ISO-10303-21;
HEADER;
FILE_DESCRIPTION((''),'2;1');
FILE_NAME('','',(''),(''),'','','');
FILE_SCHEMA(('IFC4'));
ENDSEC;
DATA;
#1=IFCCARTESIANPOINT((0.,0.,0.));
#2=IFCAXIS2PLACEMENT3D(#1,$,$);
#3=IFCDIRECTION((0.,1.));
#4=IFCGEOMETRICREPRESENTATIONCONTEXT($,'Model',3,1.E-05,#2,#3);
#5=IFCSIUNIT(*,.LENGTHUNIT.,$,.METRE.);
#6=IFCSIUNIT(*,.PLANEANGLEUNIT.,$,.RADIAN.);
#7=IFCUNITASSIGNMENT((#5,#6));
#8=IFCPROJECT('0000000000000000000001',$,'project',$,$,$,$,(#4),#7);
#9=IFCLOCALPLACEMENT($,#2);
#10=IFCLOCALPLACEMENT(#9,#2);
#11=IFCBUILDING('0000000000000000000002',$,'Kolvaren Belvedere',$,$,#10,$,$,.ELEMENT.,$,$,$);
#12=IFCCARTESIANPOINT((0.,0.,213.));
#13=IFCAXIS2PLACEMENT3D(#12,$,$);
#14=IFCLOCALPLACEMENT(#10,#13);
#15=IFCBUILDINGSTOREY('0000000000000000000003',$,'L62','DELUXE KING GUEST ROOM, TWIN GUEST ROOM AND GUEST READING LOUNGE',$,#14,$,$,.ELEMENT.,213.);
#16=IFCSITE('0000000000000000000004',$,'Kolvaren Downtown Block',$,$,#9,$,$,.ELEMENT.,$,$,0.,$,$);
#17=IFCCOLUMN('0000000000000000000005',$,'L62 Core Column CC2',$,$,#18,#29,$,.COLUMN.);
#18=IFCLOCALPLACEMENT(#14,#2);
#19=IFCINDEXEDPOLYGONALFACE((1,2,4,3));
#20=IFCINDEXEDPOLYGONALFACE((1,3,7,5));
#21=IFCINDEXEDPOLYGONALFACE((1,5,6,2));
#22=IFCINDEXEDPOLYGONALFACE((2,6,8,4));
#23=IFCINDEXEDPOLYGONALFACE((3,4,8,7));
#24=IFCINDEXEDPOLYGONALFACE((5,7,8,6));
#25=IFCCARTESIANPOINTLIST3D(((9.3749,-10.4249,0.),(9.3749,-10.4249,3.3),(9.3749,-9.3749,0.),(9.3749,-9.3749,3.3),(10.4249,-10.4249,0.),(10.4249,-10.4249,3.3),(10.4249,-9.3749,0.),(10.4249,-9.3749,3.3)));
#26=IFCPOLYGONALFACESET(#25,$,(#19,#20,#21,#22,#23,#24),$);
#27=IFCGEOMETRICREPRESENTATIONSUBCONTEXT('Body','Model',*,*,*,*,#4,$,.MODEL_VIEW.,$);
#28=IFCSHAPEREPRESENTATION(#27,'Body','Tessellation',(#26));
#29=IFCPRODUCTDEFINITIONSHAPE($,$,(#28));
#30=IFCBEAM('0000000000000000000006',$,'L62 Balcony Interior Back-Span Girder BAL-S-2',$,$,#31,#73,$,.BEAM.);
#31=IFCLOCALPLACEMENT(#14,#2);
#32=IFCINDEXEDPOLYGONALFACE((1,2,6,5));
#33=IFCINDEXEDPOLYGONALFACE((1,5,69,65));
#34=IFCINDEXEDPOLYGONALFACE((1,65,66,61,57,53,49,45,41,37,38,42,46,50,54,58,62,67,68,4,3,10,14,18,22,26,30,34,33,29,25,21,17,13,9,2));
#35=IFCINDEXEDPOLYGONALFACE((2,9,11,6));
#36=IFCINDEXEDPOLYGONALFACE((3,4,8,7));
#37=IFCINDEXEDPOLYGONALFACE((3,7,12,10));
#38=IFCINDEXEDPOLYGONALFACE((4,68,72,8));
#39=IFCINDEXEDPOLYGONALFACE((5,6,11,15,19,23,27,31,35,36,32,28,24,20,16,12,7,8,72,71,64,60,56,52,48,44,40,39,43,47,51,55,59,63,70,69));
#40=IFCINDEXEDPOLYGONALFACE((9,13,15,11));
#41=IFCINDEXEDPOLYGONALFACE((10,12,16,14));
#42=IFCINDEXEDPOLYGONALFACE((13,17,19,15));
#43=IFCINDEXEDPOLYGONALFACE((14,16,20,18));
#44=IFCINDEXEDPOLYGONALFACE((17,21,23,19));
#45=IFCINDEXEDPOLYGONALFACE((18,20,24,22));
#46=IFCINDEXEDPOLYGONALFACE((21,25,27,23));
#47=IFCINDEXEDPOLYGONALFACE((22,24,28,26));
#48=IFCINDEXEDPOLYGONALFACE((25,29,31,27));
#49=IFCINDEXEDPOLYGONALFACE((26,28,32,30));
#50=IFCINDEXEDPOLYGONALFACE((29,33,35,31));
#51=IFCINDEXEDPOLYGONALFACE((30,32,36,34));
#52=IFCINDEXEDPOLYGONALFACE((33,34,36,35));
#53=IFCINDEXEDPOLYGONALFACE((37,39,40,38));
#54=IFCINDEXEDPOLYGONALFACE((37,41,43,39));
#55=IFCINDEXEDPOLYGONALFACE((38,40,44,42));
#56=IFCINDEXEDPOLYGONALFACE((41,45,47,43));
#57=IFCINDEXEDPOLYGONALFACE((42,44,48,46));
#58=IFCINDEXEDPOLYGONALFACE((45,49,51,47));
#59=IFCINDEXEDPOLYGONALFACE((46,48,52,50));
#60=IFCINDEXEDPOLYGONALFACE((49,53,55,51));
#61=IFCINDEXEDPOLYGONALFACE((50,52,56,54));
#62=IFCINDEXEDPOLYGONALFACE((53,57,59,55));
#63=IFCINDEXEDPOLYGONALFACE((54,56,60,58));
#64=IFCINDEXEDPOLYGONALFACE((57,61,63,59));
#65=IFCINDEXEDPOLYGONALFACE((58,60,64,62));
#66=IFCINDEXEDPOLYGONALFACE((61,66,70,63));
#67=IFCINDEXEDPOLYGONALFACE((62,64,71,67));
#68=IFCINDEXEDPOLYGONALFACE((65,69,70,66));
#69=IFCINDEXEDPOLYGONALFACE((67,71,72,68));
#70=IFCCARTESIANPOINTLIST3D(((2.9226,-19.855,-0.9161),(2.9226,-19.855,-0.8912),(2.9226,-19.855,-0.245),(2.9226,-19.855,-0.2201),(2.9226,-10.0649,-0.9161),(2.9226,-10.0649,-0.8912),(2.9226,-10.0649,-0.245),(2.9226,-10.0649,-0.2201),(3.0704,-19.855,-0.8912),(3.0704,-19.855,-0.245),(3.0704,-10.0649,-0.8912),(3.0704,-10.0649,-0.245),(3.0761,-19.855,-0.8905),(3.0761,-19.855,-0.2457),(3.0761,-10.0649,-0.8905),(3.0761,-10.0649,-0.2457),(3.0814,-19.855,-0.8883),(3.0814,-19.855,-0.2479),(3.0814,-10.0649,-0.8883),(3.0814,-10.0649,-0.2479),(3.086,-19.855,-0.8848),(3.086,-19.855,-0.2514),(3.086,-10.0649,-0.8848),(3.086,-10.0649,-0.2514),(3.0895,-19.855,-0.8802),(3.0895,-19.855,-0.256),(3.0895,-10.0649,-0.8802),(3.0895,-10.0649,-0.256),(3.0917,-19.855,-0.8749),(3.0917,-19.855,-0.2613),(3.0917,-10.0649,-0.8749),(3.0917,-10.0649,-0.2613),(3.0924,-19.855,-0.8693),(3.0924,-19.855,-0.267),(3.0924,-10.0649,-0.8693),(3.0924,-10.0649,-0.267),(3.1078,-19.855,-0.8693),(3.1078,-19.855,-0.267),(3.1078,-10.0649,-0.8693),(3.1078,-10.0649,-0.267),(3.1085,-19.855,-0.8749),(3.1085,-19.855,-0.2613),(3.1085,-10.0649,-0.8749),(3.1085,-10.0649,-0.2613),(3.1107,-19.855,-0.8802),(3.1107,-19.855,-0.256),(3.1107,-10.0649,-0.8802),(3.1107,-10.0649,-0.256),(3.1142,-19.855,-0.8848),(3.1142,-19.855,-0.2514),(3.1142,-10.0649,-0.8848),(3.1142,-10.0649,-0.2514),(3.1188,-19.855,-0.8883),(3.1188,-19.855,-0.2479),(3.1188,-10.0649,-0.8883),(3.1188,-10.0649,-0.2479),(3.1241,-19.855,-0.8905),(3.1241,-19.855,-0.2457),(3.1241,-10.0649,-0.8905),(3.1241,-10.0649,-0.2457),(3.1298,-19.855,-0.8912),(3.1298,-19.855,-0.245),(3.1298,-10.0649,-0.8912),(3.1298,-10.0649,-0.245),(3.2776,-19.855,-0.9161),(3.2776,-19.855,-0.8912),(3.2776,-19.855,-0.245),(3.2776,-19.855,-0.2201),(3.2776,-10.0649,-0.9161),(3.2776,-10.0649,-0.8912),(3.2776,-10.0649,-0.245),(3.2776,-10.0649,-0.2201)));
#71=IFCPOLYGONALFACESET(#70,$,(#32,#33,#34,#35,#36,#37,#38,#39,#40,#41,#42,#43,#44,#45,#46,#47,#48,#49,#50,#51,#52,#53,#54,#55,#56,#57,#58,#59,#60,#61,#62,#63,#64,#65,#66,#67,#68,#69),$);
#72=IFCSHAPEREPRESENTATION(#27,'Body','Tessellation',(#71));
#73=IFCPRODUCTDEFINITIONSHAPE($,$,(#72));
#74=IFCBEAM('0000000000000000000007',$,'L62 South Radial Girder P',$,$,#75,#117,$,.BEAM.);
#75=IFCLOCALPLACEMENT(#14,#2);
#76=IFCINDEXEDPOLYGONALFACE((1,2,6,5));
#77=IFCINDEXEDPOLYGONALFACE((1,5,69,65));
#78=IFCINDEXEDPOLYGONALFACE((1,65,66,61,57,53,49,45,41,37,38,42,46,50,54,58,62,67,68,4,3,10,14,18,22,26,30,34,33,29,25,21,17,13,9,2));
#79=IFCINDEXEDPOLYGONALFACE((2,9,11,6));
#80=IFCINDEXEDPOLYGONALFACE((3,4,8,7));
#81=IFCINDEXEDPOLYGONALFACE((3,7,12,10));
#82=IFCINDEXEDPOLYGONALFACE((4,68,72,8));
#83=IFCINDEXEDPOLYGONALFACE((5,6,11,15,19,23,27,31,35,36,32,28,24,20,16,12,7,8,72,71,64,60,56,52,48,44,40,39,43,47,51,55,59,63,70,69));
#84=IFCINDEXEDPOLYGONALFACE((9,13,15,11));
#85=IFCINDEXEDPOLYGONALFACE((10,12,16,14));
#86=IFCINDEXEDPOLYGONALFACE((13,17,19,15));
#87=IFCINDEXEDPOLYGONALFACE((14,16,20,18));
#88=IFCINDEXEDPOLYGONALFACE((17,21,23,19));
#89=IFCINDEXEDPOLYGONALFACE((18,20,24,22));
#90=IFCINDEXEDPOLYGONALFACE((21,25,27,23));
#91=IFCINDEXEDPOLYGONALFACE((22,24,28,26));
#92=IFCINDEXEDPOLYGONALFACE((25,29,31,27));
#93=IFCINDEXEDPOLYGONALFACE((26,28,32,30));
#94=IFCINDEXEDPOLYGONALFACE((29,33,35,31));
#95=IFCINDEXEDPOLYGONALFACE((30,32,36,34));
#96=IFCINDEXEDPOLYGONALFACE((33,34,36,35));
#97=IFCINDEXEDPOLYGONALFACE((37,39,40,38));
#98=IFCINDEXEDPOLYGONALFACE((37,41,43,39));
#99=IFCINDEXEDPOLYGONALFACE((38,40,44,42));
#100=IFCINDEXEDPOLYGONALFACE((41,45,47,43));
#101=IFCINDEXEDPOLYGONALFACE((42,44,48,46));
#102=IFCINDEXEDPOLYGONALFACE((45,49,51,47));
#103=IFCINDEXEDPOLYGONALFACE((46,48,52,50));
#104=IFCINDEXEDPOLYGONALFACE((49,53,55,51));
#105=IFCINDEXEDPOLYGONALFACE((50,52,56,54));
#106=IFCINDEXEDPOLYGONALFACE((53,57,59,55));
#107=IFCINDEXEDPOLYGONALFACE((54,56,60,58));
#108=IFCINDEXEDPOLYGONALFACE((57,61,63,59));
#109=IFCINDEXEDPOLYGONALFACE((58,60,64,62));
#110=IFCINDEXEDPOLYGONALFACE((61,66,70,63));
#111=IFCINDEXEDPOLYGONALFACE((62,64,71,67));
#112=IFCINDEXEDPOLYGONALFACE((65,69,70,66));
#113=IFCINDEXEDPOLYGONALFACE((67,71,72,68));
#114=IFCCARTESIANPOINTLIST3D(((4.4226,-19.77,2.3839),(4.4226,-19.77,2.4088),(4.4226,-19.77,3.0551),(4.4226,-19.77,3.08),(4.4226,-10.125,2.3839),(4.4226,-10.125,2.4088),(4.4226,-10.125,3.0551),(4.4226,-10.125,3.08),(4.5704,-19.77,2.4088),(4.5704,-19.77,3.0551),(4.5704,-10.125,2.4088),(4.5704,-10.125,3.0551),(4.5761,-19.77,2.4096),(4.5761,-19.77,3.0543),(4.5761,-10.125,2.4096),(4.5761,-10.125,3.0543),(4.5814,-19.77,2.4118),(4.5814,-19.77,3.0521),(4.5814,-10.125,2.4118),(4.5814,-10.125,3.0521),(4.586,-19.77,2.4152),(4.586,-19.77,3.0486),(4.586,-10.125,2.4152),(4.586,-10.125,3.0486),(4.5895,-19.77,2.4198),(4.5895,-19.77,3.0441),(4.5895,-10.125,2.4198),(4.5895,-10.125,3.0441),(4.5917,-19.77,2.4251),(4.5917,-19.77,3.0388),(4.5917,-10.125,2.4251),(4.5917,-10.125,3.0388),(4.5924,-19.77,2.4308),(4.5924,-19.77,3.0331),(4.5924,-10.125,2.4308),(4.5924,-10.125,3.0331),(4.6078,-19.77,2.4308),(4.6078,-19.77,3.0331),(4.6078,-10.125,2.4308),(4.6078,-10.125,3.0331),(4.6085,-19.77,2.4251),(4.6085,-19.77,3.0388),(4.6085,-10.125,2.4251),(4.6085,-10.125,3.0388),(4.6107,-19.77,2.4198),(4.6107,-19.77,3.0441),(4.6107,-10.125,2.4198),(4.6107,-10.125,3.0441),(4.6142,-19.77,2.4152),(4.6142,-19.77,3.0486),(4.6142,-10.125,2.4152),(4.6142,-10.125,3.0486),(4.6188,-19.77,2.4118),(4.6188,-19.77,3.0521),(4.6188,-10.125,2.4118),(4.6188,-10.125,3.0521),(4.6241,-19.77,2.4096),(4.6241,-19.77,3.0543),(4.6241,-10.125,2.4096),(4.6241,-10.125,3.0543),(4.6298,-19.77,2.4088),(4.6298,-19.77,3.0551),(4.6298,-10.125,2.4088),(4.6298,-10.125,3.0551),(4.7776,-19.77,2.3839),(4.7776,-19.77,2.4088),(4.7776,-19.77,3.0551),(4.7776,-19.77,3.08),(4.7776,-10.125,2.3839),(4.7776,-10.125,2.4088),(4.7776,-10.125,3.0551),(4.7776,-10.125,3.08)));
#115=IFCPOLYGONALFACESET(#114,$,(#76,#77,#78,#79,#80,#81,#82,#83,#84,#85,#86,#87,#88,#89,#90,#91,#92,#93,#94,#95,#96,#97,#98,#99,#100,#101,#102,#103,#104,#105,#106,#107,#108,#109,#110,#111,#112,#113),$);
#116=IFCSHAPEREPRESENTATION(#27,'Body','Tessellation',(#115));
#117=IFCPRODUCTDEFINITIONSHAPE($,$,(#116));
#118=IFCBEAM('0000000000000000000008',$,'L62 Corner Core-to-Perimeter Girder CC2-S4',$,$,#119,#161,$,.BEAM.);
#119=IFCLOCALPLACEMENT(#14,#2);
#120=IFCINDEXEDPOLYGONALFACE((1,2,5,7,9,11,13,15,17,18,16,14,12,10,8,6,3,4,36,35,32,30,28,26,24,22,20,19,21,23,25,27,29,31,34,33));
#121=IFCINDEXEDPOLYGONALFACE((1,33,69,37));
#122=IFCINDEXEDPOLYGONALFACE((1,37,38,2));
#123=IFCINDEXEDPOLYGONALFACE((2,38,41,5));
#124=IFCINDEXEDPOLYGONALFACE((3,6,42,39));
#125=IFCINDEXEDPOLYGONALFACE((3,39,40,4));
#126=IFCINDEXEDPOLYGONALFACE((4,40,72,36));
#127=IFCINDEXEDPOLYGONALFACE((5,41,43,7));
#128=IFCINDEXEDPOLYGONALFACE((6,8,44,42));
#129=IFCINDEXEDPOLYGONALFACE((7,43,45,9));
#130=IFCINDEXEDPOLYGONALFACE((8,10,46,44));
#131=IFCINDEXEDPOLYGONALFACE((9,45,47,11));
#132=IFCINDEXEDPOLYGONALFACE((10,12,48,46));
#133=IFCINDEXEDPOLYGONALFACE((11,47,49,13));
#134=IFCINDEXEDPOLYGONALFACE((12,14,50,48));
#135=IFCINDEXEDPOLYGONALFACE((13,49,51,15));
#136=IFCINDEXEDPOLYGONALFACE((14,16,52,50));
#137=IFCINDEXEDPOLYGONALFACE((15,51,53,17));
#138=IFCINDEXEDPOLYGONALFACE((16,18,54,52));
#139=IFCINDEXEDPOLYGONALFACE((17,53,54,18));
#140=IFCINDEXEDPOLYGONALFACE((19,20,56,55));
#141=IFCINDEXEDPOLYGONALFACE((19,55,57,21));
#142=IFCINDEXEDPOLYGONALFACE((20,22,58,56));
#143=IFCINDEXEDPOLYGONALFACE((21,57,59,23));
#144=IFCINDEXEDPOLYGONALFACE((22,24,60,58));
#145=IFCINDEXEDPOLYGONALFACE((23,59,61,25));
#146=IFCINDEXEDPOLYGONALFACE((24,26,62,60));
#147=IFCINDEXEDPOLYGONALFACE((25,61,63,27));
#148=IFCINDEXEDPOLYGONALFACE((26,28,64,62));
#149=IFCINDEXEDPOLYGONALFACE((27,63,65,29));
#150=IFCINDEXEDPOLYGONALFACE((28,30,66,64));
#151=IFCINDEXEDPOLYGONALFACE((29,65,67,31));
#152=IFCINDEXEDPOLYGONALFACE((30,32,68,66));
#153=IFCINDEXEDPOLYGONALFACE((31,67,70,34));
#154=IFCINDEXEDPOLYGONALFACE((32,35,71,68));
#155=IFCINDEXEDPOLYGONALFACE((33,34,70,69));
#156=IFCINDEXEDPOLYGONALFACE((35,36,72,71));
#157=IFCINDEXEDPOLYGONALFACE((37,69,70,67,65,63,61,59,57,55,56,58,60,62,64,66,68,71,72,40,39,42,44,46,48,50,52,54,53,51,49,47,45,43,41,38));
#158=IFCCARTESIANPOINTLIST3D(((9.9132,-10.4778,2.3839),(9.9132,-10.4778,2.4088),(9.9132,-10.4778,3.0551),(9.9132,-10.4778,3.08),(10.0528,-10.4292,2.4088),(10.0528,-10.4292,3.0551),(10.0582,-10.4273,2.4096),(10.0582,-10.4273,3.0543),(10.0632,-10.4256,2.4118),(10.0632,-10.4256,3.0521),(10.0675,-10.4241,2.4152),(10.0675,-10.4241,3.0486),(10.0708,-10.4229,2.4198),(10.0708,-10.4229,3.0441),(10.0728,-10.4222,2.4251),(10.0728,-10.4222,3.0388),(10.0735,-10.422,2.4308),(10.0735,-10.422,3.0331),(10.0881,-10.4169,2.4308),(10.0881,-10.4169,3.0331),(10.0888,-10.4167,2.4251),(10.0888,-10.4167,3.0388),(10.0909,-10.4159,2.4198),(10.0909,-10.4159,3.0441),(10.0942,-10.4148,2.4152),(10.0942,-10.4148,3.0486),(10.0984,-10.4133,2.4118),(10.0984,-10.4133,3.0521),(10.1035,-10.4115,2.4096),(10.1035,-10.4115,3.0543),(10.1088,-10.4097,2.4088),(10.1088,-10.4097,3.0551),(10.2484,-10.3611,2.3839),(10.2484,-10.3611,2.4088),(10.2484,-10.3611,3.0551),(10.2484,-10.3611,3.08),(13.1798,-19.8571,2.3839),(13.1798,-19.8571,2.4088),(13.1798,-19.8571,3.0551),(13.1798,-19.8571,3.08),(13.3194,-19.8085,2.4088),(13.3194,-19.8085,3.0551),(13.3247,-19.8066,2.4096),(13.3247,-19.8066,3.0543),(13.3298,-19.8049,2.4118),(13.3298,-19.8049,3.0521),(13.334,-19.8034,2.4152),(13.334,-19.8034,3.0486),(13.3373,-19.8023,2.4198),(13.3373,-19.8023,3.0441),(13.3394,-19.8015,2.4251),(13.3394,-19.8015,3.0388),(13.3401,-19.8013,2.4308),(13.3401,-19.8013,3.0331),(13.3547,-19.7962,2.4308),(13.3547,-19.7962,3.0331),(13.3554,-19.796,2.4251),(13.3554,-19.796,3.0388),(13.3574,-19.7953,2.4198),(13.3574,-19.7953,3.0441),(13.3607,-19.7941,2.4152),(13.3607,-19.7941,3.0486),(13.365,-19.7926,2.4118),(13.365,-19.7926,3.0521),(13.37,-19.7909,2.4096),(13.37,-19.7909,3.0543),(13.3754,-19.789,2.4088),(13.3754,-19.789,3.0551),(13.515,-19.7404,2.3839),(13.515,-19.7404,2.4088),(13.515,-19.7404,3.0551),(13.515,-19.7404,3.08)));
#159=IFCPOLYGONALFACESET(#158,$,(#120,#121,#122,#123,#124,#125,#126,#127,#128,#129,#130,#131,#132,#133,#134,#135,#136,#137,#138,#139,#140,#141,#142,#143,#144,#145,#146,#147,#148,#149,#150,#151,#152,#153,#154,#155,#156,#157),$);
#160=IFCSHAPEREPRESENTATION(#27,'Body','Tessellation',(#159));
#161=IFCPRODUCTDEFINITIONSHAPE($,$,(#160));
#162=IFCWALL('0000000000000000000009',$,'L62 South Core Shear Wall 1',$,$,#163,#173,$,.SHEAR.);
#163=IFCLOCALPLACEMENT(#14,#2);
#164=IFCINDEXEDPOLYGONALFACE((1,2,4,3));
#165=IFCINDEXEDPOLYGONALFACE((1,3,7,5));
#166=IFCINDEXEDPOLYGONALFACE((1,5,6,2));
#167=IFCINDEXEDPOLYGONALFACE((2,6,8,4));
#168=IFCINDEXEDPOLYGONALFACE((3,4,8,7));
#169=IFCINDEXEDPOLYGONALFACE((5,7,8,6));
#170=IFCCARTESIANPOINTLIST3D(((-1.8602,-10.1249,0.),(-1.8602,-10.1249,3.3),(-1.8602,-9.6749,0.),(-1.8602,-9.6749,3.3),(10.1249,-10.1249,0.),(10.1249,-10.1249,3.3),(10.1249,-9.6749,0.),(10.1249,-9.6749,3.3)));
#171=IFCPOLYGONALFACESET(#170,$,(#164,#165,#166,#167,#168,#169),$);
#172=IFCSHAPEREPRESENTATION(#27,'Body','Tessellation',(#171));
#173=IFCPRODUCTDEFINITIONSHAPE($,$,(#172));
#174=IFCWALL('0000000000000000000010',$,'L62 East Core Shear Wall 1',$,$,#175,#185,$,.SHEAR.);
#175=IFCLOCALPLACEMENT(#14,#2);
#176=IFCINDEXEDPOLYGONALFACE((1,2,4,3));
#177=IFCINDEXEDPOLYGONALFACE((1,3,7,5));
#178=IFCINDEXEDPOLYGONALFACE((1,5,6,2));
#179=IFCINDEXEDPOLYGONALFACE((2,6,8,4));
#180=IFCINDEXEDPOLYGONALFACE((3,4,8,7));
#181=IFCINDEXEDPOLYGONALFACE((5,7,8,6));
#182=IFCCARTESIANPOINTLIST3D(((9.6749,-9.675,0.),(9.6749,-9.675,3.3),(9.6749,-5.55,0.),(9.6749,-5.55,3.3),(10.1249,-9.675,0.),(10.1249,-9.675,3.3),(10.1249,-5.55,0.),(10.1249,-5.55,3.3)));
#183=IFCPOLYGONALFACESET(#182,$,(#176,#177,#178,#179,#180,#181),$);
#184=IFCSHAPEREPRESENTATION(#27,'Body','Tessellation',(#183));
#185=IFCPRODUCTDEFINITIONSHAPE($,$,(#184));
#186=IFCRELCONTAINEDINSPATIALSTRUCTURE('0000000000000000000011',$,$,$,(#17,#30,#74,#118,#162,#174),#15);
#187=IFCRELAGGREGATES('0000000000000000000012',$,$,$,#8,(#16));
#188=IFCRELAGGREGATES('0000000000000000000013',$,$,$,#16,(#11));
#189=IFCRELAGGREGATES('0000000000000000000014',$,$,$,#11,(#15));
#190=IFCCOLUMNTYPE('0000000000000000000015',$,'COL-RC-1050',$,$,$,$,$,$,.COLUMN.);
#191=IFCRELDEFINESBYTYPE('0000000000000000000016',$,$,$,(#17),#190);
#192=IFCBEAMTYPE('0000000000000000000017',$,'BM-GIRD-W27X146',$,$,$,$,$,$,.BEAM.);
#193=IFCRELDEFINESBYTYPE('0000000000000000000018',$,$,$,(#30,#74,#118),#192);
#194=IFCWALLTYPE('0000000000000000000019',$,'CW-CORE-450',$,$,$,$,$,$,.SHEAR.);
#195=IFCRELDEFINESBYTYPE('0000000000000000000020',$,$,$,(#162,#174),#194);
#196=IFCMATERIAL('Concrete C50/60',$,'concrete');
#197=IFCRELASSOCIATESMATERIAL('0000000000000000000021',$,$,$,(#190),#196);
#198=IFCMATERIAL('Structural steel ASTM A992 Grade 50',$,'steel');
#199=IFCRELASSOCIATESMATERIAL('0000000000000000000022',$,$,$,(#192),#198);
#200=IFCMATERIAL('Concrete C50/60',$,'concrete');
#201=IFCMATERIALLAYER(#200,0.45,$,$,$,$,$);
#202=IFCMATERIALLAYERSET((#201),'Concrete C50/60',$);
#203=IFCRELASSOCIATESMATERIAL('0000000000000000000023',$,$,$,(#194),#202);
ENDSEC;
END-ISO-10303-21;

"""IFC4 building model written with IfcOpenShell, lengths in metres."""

from ifc_helpers import new_model, si_unit, direction, frame, frame_2d, origin, origin_2d, place, context, subcontext, project, spatial, rectangle, i_section, extrude, material, layer, layer_set, material_profile, profile_set, type_object, element, save


model = new_model("IFC4")

# Units and contexts
model_context = context("Model", 3, precision=1e-05, world=origin(), true_north=direction((0.0, 1.0)))
body_context = subcontext(model_context, "Body", "Model", "MODEL_VIEW")
ifc_project = project(units=[si_unit("LENGTHUNIT", "METRE"), si_unit("PLANEANGLEUNIT", "RADIAN")], contexts=[model_context])

# Site, building, storey
site_placement = place(None, origin())
site = spatial("IfcSite", under=ifc_project, at=site_placement, Name="Kolvaren Downtown Block", CompositionType="ELEMENT", RefElevation=0.0)
building_placement = place(site_placement, origin())
building = spatial("IfcBuilding", under=site, at=building_placement, Name="Kolvaren Belvedere", CompositionType="ELEMENT")
storey_placement = place(building_placement, frame((0.0, 0.0, 213.0)))
storey = spatial("IfcBuildingStorey", under=building, at=storey_placement, Name="L62", Description="DELUXE KING GUEST ROOM, TWIN GUEST ROOM AND GUEST READING LOUNGE", CompositionType="ELEMENT", Elevation=213.0)

# Column
ifc_material_1 = material(Name="Concrete C50/60", Category="concrete")
ifc_material_profile_1 = material_profile(ifc_material_1, rectangle(XDim=1.05, YDim=1.05, at=origin_2d()), Name="RC 1050X1050")
ifc_profile_set_1 = profile_set([ifc_material_profile_1], Name="Concrete C50/60")
column_type = type_object("IfcColumnType", Name="COL-RC-1050", PredefinedType="COLUMN", material=ifc_profile_set_1)
column_placement = place(storey_placement, frame((9.8999, -9.8999, 0.0), z_axis=(0.0, 0.0, 1.0), x_axis=(1.0, 0.0, 0.0)))
element("IfcColumn", 1, at=column_placement, inside=storey, type_object=column_type, Name="L62 Core Column CC2", PredefinedType="COLUMN", context=body_context, shape_type="SweptSolid", body=[
    extrude(rectangle(XDim=1.05, YDim=1.05, at=origin_2d()), origin(), (0.0, 0.0, 1.0), 3.3),
])

# Beams
ifc_material_2 = material(Name="Structural steel ASTM A992 Grade 50", Category="steel")
ifc_material_profile_2 = material_profile(ifc_material_2, i_section(OverallWidth=0.355, OverallDepth=0.696, WebThickness=0.0154, FlangeThickness=0.0249, FilletRadius=0.022, at=origin_2d()), Name="W27X146")
ifc_profile_set_2 = profile_set([ifc_material_profile_2], Name="Structural steel ASTM A992 Grade 50")
beam_type = type_object("IfcBeamType", Name="BM-GIRD-W27X146", PredefinedType="BEAM", material=ifc_profile_set_2)
beam_1_placement = place(storey_placement, frame((3.1001, -10.0649, -0.5681), z_axis=(0.0, -1.0, 0.0), x_axis=(1.0, 0.0, 0.0)))
element("IfcBeam", 2, at=beam_1_placement, inside=storey, type_object=beam_type, Name="L62 Balcony Interior Back-Span Girder BAL-S-2", PredefinedType="BEAM", context=body_context, shape_type="SweptSolid", body=[
    extrude(i_section(OverallWidth=0.355, OverallDepth=0.696, WebThickness=0.0154, FlangeThickness=0.0249, FilletRadius=0.022, at=origin_2d()), origin(), (0.0, 0.0, 1.0), 9.79),
])
beam_2_placement = place(storey_placement, frame((4.6001, -10.125, 2.7319), z_axis=(0.0, -1.0, 0.0), x_axis=(1.0, 0.0, 0.0)))
element("IfcBeam", 3, at=beam_2_placement, inside=storey, type_object=beam_type, Name="L62 South Radial Girder P", PredefinedType="BEAM", context=body_context, shape_type="SweptSolid", body=[
    extrude(i_section(OverallWidth=0.355, OverallDepth=0.696, WebThickness=0.0154, FlangeThickness=0.0249, FilletRadius=0.022, at=origin_2d()), origin(), (0.0, 0.0, 1.0), 9.645),
])
beam_3_placement = place(storey_placement, frame((10.0808, -10.4194, 2.7319), z_axis=(0.328898, -0.944365, 0.0), x_axis=(0.944365, 0.328898, 0.0)))
element("IfcBeam", 4, at=beam_3_placement, inside=storey, type_object=beam_type, Name="L62 Corner Core-to-Perimeter Girder CC2-S4", PredefinedType="BEAM", context=body_context, shape_type="SweptSolid", body=[
    extrude(i_section(OverallWidth=0.355, OverallDepth=0.696, WebThickness=0.0154, FlangeThickness=0.0249, FilletRadius=0.022, at=origin_2d()), origin(), (0.0, 0.0, 1.0), 9.9319),
])

# Walls
ifc_material_3 = material(Name="Concrete C50/60", Category="concrete")
ifc_layer_1 = layer(ifc_material_3, 0.45)
ifc_layer_set_1 = layer_set([ifc_layer_1], Name="Concrete C50/60")
wall_type_1 = type_object("IfcWallType", Name="CW-CORE-450", PredefinedType="SHEAR", material=ifc_layer_set_1)
wall_1_placement = place(storey_placement, frame((10.125, -9.8999, 0.0), z_axis=(0.0, 0.0, 1.0), x_axis=(-1.0, 0.0, 0.0)))
element("IfcWall", 5, at=wall_1_placement, inside=storey, type_object=wall_type_1, Name="L62 South Core Shear Wall 1", PredefinedType="SHEAR", context=body_context, shape_type="SweptSolid", body=[
    extrude(rectangle(XDim=11.9851, YDim=0.45, at=frame_2d((5.9927, 0.0))), origin(), (0.0, 0.0, 1.0), 3.3),
])
wall_2_placement = place(storey_placement, frame((9.8999, -9.675, 0.0), z_axis=(0.0, 0.0, 1.0), x_axis=(0.0, 1.0, 0.0)))
element("IfcWall", 6, at=wall_2_placement, inside=storey, type_object=wall_type_1, Name="L62 East Core Shear Wall 1", PredefinedType="SHEAR", context=body_context, shape_type="SweptSolid", body=[
    extrude(rectangle(XDim=4.125, YDim=0.45, at=frame_2d((2.0625, 0.0))), origin(), (0.0, 0.0, 1.0), 3.3),
])

save(model, "model.ifc")
